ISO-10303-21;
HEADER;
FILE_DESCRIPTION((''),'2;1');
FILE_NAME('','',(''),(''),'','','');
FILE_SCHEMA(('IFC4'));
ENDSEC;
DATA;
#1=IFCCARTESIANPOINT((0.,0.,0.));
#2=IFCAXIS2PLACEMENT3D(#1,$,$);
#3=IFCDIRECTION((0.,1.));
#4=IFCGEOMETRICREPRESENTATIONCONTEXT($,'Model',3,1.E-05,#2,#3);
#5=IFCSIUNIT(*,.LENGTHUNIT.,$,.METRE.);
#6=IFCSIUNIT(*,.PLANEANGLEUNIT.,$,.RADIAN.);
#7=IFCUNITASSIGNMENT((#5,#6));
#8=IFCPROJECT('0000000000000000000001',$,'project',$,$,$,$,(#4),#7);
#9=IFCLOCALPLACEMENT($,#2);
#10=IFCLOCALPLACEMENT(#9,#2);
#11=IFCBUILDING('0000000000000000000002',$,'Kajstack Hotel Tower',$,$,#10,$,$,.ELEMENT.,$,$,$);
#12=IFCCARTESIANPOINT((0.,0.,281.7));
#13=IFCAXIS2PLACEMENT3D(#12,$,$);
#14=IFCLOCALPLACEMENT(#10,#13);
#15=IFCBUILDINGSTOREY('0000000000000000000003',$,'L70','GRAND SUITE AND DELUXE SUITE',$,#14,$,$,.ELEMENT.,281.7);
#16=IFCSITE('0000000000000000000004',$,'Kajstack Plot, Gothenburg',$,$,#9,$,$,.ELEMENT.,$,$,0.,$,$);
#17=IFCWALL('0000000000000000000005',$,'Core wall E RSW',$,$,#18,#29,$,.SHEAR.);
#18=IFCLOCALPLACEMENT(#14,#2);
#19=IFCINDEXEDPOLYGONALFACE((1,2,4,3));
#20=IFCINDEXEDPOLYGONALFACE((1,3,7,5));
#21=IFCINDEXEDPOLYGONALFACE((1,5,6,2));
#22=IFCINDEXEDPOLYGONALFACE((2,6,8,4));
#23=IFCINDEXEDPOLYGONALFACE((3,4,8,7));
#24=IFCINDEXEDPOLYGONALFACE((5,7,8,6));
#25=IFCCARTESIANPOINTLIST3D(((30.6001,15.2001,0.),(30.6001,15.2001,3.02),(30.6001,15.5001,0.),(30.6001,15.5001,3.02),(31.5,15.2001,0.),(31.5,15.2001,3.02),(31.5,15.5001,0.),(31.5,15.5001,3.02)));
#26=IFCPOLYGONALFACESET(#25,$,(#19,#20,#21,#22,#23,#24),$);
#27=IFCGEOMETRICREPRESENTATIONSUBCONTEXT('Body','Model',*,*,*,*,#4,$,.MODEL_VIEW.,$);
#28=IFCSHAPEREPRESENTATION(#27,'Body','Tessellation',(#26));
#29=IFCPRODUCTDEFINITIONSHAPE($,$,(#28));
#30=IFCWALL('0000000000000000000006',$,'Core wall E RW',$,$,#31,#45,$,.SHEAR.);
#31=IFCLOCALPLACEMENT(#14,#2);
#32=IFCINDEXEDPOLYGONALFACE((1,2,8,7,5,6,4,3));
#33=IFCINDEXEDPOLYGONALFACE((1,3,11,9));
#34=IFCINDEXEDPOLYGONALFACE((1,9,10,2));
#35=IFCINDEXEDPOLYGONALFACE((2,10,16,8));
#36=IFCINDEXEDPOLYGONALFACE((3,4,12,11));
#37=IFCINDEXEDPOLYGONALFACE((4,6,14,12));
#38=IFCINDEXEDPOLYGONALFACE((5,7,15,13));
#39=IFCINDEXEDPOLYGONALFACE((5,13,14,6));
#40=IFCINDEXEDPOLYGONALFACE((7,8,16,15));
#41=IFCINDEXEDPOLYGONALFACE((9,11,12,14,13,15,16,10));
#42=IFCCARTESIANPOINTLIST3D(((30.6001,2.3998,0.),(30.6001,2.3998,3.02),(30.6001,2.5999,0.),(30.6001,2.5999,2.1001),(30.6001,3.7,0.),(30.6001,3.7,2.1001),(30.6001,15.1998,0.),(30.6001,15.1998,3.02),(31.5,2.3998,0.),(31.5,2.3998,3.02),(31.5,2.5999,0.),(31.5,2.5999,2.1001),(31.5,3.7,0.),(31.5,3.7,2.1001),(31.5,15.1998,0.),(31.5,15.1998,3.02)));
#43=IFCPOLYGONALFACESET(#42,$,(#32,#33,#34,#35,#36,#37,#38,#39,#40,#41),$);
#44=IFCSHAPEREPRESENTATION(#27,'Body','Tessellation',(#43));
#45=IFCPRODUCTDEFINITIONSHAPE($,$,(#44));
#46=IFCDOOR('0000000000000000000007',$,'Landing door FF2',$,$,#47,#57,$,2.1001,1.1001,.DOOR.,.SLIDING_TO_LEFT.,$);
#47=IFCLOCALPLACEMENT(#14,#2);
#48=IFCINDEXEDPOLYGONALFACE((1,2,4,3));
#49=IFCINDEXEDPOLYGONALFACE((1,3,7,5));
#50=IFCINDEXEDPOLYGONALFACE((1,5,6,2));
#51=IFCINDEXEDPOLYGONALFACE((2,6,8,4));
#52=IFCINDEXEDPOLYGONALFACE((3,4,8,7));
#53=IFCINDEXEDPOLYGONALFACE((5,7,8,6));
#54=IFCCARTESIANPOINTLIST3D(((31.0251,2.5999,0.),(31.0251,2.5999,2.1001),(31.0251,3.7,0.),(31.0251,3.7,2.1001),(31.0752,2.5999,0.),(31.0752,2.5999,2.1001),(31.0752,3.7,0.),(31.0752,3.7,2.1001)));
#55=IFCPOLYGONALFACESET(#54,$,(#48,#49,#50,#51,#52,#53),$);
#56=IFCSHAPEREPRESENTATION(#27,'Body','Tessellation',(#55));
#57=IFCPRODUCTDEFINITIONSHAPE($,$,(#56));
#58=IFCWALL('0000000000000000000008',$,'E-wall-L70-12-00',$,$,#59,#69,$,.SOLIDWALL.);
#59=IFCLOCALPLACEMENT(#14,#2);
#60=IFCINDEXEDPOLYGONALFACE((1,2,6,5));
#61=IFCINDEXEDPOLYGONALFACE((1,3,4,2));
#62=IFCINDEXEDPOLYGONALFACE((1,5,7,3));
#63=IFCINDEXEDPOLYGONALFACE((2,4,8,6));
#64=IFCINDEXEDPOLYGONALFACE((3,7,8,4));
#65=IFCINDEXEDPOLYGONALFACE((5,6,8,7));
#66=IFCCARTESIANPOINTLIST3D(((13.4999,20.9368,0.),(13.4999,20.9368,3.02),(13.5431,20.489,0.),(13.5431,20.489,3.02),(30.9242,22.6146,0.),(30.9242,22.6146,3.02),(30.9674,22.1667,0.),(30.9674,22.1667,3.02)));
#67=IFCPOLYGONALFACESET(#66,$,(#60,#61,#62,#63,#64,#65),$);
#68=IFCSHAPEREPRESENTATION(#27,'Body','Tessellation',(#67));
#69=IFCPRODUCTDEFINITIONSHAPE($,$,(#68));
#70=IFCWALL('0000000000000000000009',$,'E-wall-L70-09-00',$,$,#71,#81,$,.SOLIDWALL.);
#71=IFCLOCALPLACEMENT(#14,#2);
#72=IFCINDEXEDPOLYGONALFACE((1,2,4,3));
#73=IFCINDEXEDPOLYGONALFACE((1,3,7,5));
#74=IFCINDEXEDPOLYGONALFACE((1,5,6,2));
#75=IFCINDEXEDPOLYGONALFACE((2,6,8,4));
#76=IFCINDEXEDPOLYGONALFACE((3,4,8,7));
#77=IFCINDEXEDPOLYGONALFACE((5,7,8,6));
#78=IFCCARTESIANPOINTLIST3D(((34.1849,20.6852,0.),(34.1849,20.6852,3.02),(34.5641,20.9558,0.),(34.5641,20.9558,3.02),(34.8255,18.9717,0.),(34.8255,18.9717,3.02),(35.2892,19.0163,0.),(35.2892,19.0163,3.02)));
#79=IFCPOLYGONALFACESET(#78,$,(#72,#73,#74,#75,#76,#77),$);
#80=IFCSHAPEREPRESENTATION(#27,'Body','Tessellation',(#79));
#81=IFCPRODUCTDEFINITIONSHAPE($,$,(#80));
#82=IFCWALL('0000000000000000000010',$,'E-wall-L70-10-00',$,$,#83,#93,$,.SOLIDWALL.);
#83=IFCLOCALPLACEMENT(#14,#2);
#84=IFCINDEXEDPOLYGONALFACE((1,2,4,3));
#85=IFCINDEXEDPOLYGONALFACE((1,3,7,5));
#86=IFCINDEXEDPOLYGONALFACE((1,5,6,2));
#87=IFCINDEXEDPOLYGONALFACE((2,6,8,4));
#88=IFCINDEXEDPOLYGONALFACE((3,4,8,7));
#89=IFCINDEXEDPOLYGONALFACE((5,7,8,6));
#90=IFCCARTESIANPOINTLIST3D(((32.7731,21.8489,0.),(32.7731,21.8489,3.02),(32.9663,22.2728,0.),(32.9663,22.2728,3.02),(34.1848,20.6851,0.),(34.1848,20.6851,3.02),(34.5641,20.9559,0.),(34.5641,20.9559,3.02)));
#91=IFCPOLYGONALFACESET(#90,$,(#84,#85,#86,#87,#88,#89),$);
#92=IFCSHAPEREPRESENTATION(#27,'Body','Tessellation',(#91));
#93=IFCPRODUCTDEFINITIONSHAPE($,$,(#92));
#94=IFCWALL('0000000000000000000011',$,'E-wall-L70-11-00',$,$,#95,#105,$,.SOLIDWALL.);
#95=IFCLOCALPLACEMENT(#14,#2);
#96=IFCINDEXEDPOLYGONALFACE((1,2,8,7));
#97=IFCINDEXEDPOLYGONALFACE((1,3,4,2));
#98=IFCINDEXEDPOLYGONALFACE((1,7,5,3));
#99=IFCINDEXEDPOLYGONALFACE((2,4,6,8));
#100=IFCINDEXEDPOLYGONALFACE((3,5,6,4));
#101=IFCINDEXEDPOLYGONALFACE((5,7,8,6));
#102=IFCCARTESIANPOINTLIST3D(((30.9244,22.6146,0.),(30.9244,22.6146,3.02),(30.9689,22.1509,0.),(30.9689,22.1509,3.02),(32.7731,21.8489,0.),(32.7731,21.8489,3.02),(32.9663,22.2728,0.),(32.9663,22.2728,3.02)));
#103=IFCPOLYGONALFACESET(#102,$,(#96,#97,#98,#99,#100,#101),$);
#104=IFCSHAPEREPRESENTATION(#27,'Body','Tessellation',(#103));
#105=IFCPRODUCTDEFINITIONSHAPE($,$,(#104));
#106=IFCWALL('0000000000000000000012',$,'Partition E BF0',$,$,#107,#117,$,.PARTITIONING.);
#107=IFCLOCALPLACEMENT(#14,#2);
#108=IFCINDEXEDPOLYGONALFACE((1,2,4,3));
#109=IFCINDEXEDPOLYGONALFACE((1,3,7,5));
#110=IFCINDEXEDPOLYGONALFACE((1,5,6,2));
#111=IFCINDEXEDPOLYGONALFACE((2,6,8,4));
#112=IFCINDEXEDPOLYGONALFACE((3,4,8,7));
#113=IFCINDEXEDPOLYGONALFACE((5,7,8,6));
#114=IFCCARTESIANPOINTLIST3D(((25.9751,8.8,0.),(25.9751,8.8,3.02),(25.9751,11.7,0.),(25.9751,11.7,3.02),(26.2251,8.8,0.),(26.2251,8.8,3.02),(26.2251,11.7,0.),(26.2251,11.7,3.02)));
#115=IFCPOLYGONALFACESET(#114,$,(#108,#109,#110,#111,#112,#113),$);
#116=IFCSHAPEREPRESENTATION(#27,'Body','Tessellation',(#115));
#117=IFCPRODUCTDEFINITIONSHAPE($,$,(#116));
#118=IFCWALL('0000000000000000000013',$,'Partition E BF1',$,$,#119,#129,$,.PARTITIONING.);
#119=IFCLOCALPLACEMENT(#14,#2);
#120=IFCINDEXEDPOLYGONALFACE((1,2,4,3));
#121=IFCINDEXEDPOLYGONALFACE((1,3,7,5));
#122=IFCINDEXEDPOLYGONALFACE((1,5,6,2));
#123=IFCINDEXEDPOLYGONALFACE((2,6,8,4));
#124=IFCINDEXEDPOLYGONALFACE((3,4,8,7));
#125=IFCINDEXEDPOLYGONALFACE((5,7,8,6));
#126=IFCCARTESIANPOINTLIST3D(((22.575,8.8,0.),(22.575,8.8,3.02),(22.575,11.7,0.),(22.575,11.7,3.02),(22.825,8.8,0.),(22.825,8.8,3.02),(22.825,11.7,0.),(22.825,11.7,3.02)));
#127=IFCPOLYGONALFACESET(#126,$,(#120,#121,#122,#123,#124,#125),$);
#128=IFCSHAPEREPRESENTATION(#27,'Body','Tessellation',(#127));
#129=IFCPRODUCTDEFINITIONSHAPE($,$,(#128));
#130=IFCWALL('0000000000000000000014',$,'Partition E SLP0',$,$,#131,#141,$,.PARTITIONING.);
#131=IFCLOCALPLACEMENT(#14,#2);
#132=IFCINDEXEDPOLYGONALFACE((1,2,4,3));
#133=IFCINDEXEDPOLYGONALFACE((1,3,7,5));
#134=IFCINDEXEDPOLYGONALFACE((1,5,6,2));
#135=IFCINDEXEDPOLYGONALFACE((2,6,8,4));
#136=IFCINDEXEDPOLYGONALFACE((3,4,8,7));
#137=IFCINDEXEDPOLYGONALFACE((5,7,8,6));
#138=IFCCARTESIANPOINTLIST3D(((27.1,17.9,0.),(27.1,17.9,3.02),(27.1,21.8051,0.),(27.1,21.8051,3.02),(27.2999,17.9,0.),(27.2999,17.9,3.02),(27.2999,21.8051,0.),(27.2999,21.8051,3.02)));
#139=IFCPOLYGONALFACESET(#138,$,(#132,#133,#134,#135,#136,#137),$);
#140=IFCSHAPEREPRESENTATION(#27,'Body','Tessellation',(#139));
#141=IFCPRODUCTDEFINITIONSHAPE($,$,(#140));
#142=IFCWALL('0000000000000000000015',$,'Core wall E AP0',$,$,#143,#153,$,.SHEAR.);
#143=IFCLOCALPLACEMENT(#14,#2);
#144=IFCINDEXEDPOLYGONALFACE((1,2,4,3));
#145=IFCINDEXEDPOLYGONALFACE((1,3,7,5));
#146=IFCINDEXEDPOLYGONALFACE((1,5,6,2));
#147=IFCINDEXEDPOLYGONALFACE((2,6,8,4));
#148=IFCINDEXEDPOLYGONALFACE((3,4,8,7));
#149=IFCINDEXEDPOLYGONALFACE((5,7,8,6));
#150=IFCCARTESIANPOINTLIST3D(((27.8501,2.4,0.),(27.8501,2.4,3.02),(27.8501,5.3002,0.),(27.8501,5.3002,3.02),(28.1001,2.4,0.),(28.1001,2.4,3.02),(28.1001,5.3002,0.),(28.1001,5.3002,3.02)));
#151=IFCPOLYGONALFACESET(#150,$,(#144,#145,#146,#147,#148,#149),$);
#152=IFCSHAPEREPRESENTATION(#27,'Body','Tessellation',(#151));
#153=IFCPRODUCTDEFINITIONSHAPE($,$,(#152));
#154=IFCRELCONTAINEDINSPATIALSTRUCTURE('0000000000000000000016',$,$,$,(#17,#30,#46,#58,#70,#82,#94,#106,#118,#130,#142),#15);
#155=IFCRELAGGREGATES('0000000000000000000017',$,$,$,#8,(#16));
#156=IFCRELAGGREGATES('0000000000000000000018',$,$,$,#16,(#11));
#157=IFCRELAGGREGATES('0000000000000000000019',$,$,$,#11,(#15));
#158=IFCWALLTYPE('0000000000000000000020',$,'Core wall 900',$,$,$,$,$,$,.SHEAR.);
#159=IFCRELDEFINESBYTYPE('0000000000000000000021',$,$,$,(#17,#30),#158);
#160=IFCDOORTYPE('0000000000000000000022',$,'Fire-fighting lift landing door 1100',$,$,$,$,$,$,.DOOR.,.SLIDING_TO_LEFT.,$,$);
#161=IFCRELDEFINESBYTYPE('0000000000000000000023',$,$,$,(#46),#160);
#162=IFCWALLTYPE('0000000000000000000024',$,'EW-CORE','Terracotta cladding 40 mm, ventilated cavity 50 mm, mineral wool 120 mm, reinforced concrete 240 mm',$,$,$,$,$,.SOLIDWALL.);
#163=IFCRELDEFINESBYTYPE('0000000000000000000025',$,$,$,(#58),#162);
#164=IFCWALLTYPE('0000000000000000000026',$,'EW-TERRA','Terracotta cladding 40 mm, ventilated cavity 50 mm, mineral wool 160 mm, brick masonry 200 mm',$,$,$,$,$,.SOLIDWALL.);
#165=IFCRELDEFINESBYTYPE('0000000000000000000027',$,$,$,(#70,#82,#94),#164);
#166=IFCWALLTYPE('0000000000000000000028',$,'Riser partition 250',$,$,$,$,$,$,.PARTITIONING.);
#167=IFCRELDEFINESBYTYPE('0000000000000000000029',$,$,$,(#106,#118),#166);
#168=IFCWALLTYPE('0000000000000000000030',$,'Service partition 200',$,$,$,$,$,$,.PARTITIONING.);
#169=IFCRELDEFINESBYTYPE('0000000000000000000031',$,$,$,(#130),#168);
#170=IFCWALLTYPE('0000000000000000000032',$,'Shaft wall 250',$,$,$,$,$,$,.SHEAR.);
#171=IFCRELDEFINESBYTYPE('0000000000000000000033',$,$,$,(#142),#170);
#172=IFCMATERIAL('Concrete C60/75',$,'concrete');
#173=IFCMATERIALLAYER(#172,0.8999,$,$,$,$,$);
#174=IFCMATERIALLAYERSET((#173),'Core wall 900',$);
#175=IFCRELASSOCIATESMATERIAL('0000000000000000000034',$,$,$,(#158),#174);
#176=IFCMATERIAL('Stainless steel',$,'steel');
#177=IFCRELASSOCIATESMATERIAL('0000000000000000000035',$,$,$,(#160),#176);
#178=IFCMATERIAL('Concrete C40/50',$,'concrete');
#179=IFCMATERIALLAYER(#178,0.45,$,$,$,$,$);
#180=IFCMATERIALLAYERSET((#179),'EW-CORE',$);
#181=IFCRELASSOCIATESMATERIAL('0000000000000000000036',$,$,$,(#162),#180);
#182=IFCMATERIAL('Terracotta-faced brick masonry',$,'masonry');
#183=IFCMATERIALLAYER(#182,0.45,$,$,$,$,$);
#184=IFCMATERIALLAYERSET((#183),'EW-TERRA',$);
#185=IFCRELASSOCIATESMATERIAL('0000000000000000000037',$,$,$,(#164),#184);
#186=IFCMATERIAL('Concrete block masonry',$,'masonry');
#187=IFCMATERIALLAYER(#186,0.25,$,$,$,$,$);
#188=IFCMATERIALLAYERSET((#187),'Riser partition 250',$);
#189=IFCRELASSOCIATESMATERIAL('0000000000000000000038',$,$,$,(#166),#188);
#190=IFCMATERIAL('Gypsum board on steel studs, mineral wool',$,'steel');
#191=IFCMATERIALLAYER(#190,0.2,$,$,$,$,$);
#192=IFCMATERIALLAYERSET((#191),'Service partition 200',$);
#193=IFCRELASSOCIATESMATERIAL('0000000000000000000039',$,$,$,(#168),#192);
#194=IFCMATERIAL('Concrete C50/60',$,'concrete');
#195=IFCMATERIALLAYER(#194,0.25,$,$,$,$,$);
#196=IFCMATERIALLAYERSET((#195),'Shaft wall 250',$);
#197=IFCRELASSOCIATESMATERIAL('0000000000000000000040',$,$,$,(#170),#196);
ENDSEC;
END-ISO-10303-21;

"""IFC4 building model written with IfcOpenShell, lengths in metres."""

from ifc_helpers import new_model, si_unit, direction, frame, frame_2d, origin, place, context, subcontext, project, spatial, polyline, rectangle, outline, extrude, material, layer, layer_set, type_object, element, fill, save


model = new_model("IFC4")

# Units and contexts
model_context = context("Model", 3, precision=1e-05, world=origin(), true_north=direction((0.0, 1.0)))
body_context = subcontext(model_context, "Body", "Model", "MODEL_VIEW")
ifc_project = project(units=[si_unit("LENGTHUNIT", "METRE"), si_unit("PLANEANGLEUNIT", "RADIAN")], contexts=[model_context])

# Site, building, storey
site_placement = place(None, origin())
site = spatial("IfcSite", under=ifc_project, at=site_placement, Name="Kajstack Plot, Gothenburg", CompositionType="ELEMENT", RefElevation=0.0)
building_placement = place(site_placement, origin())
building = spatial("IfcBuilding", under=site, at=building_placement, Name="Kajstack Hotel Tower", CompositionType="ELEMENT")
storey_placement = place(building_placement, frame((0.0, 0.0, 281.7)))
storey = spatial("IfcBuildingStorey", under=building, at=storey_placement, Name="L70", Description="GRAND SUITE AND DELUXE SUITE", CompositionType="ELEMENT", Elevation=281.7)

# Wall
ifc_material_1 = material(Name="Concrete C60/75", Category="concrete")
ifc_layer_1 = layer(ifc_material_1, 0.8999)
ifc_layer_set_1 = layer_set([ifc_layer_1], Name="Core wall 900")
wall_type_1 = type_object("IfcWallType", Name="Core wall 900", PredefinedType="SHEAR", material=ifc_layer_set_1)
wall_1_placement = place(storey_placement, frame((30.6001, 15.3501, 0.0), z_axis=(0.0, 0.0, 1.0), x_axis=(1.0, 0.0, 0.0)))
element("IfcWall", 1, at=wall_1_placement, inside=storey, type_object=wall_type_1, Name="Core wall E RSW", PredefinedType="SHEAR", context=body_context, shape_type="SweptSolid", body=[
    extrude(rectangle(XDim=0.8999, YDim=0.3, at=frame_2d((0.45, 0.0))), origin(), (0.0, 0.0, 1.0), 3.02),
])

# Wall, opening, door
wall_2_placement = place(storey_placement, frame((31.05, 2.3999, 0.0), z_axis=(0.0, 0.0, 1.0), x_axis=(0.0, 1.0, 0.0)))
wall_2 = element("IfcWall", 2, at=wall_2_placement, inside=storey, type_object=wall_type_1, Name="Core wall E RW", PredefinedType="SHEAR", context=body_context, shape_type="SweptSolid", body=[
    extrude(rectangle(XDim=12.8, YDim=0.8999, at=frame_2d((6.3999, 0.0))), origin(), (0.0, 0.0, 1.0), 3.02),
])
opening_1_placement = place(wall_2_placement, frame((0.2, 0.0, 0.0)))
opening_1 = element("IfcOpeningElement", 3, at=opening_1_placement, cuts=wall_2, PredefinedType="OPENING", context=body_context, shape_type="SweptSolid", body=[
    extrude(rectangle(XDim=1.1001, YDim=2.1001, at=frame_2d((0.55, 1.05))), frame((0.0, 0.46, 0.0), z_axis=(0.0, -1.0, 0.0), x_axis=(1.0, 0.0, 0.0)), (0.0, 0.0, 1.0), 0.9199),
])
ifc_material_2 = material(Name="Stainless steel", Category="steel")
door_type_1 = type_object("IfcDoorType", Name="Fire-fighting lift landing door 1100", OperationType="SLIDING_TO_LEFT", PredefinedType="DOOR", material=ifc_material_2)
door_1_placement = place(opening_1_placement, origin())
door_1 = element("IfcDoor", 4, at=door_1_placement, inside=storey, type_object=door_type_1, Name="Landing door FF2", OperationType="SLIDING_TO_LEFT", OverallHeight=2.1001, OverallWidth=1.1001, PredefinedType="DOOR", context=body_context, shape_type="SweptSolid", body=[
    extrude(rectangle(XDim=1.1001, YDim=2.1001, at=frame_2d((0.55, 1.05))), frame((0.0, 0.0249, 0.0), z_axis=(0.0, -1.0, 0.0), x_axis=(1.0, 0.0, 0.0)), (0.0, 0.0, 1.0), 0.05),
])
fill(opening_1, door_1)

# Walls
ifc_material_3 = material(Name="Concrete C40/50", Category="concrete")
ifc_layer_2 = layer(ifc_material_3, 0.45)
ifc_layer_set_2 = layer_set([ifc_layer_2], Name="EW-CORE")
wall_type_2 = type_object("IfcWallType", Name="EW-CORE", Description="Terracotta cladding 40 mm, ventilated cavity 50 mm, mineral wool 120 mm, reinforced concrete 240 mm", PredefinedType="SOLIDWALL", material=ifc_layer_set_2)
wall_3_placement = place(storey_placement, frame((30.9458, 22.3906, 0.0), z_axis=(0.0, 0.0, 1.0), x_axis=(-0.995396, -0.095844, 0.0)))
element("IfcWall", 5, at=wall_3_placement, inside=storey, type_object=wall_type_2, Name="E-wall-L70-12-00", PredefinedType="SOLIDWALL", context=body_context, shape_type="SweptSolid", body=[
    extrude(rectangle(XDim=17.5049, YDim=0.45, at=frame_2d((8.7524, 0.0))), origin(), (0.0, 0.0, 1.0), 3.02),
])
ifc_material_4 = material(Name="Terracotta-faced brick masonry", Category="masonry")
ifc_layer_3 = layer(ifc_material_4, 0.45)
ifc_layer_set_3 = layer_set([ifc_layer_3], Name="EW-TERRA")
wall_type_3 = type_object("IfcWallType", Name="EW-TERRA", Description="Terracotta cladding 40 mm, ventilated cavity 50 mm, mineral wool 160 mm, brick masonry 200 mm", PredefinedType="SOLIDWALL", material=ifc_layer_set_3)
wall_4_placement = place(storey_placement, frame((35.0784, 18.9375, 0.0), z_axis=(0.0, 0.0, 1.0), x_axis=(-0.350193, 0.936678, 0.0)))
element("IfcWall", 6, at=wall_4_placement, inside=storey, type_object=wall_type_3, Name="E-wall-L70-09-00", PredefinedType="SOLIDWALL", context=body_context, shape_type="SweptSolid", body=[
    extrude(outline(polyline([(0.0, -0.2251), (2.0706, -0.2251), (1.95, 0.2249), (0.1206, 0.2249), (0.0, -0.2251)])), origin(), (0.0, 0.0, 1.0), 3.02),
])
wall_5_placement = place(storey_placement, frame((34.4209, 20.7822, 0.0), z_axis=(0.0, 0.0, 1.0), x_axis=(-0.771593, 0.636116, 0.0)))
element("IfcWall", 7, at=wall_5_placement, inside=storey, type_object=wall_type_3, Name="E-wall-L70-10-00", PredefinedType="SOLIDWALL", context=body_context, shape_type="SweptSolid", body=[
    extrude(outline(polyline([(0.0, -0.2251), (2.0706, -0.2249), (1.95, 0.2251), (0.1204, 0.2251), (0.0, -0.2251)])), origin(), (0.0, 0.0, 1.0), 3.02),
])
wall_6_placement = place(storey_placement, frame((32.9292, 22.051, 0.0), z_axis=(0.0, 0.0, 1.0), x_axis=(-0.986298, 0.164973, 0.0)))
element("IfcWall", 8, at=wall_6_placement, inside=storey, type_object=wall_type_3, Name="E-wall-L70-11-00", PredefinedType="SOLIDWALL", context=body_context, shape_type="SweptSolid", body=[
    extrude(outline(polyline([(0.0, -0.2249), (2.0703, -0.2251), (1.95, 0.2249), (0.1206, 0.2251), (0.0, -0.2249)])), origin(), (0.0, 0.0, 1.0), 3.02),
])
ifc_material_5 = material(Name="Concrete block masonry", Category="masonry")
ifc_layer_4 = layer(ifc_material_5, 0.25)
ifc_layer_set_4 = layer_set([ifc_layer_4], Name="Riser partition 250")
wall_type_4 = type_object("IfcWallType", Name="Riser partition 250", PredefinedType="PARTITIONING", material=ifc_layer_set_4)
for number, where, z_axis, x_axis, name in (
    (9, (26.1001, 8.8, 0.0), (0.0, 0.0, 1.0), (0.0, 1.0, 0.0), "Partition E BF0"),
    (10, (22.7, 8.8, 0.0), (0.0, 0.0, 1.0), (0.0, 1.0, 0.0), "Partition E BF1"),
):
    element("IfcWall", number, at=place(storey_placement, frame(where, z_axis=z_axis, x_axis=x_axis)), inside=storey, type_object=wall_type_4, Name=name, PredefinedType="PARTITIONING", context=body_context, shape_type="SweptSolid", body=[
        extrude(rectangle(XDim=2.8999, YDim=0.25, at=frame_2d((1.45, 0.0))), origin(), (0.0, 0.0, 1.0), 3.02),
    ])
ifc_material_6 = material(Name="Gypsum board on steel studs, mineral wool", Category="steel")
ifc_layer_5 = layer(ifc_material_6, 0.2)
ifc_layer_set_5 = layer_set([ifc_layer_5], Name="Service partition 200")
wall_type_5 = type_object("IfcWallType", Name="Service partition 200", PredefinedType="PARTITIONING", material=ifc_layer_set_5)
wall_7_placement = place(storey_placement, frame((27.2, 17.8999, 0.0), z_axis=(0.0, 0.0, 1.0), x_axis=(0.0, 1.0, 0.0)))
element("IfcWall", 11, at=wall_7_placement, inside=storey, type_object=wall_type_5, Name="Partition E SLP0", PredefinedType="PARTITIONING", context=body_context, shape_type="SweptSolid", body=[
    extrude(rectangle(XDim=3.905, YDim=0.2, at=frame_2d((1.9526, 0.0))), origin(), (0.0, 0.0, 1.0), 3.02),
])
ifc_material_7 = material(Name="Concrete C50/60", Category="concrete")
ifc_layer_6 = layer(ifc_material_7, 0.25)
ifc_layer_set_6 = layer_set([ifc_layer_6], Name="Shaft wall 250")
wall_type_6 = type_object("IfcWallType", Name="Shaft wall 250", PredefinedType="SHEAR", material=ifc_layer_set_6)
wall_8_placement = place(storey_placement, frame((27.9751, 2.3999, 0.0), z_axis=(0.0, 0.0, 1.0), x_axis=(0.0, 1.0, 0.0)))
element("IfcWall", 12, at=wall_8_placement, inside=storey, type_object=wall_type_6, Name="Core wall E AP0", PredefinedType="SHEAR", context=body_context, shape_type="SweptSolid", body=[
    extrude(rectangle(XDim=2.9001, YDim=0.25, at=frame_2d((1.4502, 0.0))), origin(), (0.0, 0.0, 1.0), 3.02),
])

save(model, "model.ifc")
